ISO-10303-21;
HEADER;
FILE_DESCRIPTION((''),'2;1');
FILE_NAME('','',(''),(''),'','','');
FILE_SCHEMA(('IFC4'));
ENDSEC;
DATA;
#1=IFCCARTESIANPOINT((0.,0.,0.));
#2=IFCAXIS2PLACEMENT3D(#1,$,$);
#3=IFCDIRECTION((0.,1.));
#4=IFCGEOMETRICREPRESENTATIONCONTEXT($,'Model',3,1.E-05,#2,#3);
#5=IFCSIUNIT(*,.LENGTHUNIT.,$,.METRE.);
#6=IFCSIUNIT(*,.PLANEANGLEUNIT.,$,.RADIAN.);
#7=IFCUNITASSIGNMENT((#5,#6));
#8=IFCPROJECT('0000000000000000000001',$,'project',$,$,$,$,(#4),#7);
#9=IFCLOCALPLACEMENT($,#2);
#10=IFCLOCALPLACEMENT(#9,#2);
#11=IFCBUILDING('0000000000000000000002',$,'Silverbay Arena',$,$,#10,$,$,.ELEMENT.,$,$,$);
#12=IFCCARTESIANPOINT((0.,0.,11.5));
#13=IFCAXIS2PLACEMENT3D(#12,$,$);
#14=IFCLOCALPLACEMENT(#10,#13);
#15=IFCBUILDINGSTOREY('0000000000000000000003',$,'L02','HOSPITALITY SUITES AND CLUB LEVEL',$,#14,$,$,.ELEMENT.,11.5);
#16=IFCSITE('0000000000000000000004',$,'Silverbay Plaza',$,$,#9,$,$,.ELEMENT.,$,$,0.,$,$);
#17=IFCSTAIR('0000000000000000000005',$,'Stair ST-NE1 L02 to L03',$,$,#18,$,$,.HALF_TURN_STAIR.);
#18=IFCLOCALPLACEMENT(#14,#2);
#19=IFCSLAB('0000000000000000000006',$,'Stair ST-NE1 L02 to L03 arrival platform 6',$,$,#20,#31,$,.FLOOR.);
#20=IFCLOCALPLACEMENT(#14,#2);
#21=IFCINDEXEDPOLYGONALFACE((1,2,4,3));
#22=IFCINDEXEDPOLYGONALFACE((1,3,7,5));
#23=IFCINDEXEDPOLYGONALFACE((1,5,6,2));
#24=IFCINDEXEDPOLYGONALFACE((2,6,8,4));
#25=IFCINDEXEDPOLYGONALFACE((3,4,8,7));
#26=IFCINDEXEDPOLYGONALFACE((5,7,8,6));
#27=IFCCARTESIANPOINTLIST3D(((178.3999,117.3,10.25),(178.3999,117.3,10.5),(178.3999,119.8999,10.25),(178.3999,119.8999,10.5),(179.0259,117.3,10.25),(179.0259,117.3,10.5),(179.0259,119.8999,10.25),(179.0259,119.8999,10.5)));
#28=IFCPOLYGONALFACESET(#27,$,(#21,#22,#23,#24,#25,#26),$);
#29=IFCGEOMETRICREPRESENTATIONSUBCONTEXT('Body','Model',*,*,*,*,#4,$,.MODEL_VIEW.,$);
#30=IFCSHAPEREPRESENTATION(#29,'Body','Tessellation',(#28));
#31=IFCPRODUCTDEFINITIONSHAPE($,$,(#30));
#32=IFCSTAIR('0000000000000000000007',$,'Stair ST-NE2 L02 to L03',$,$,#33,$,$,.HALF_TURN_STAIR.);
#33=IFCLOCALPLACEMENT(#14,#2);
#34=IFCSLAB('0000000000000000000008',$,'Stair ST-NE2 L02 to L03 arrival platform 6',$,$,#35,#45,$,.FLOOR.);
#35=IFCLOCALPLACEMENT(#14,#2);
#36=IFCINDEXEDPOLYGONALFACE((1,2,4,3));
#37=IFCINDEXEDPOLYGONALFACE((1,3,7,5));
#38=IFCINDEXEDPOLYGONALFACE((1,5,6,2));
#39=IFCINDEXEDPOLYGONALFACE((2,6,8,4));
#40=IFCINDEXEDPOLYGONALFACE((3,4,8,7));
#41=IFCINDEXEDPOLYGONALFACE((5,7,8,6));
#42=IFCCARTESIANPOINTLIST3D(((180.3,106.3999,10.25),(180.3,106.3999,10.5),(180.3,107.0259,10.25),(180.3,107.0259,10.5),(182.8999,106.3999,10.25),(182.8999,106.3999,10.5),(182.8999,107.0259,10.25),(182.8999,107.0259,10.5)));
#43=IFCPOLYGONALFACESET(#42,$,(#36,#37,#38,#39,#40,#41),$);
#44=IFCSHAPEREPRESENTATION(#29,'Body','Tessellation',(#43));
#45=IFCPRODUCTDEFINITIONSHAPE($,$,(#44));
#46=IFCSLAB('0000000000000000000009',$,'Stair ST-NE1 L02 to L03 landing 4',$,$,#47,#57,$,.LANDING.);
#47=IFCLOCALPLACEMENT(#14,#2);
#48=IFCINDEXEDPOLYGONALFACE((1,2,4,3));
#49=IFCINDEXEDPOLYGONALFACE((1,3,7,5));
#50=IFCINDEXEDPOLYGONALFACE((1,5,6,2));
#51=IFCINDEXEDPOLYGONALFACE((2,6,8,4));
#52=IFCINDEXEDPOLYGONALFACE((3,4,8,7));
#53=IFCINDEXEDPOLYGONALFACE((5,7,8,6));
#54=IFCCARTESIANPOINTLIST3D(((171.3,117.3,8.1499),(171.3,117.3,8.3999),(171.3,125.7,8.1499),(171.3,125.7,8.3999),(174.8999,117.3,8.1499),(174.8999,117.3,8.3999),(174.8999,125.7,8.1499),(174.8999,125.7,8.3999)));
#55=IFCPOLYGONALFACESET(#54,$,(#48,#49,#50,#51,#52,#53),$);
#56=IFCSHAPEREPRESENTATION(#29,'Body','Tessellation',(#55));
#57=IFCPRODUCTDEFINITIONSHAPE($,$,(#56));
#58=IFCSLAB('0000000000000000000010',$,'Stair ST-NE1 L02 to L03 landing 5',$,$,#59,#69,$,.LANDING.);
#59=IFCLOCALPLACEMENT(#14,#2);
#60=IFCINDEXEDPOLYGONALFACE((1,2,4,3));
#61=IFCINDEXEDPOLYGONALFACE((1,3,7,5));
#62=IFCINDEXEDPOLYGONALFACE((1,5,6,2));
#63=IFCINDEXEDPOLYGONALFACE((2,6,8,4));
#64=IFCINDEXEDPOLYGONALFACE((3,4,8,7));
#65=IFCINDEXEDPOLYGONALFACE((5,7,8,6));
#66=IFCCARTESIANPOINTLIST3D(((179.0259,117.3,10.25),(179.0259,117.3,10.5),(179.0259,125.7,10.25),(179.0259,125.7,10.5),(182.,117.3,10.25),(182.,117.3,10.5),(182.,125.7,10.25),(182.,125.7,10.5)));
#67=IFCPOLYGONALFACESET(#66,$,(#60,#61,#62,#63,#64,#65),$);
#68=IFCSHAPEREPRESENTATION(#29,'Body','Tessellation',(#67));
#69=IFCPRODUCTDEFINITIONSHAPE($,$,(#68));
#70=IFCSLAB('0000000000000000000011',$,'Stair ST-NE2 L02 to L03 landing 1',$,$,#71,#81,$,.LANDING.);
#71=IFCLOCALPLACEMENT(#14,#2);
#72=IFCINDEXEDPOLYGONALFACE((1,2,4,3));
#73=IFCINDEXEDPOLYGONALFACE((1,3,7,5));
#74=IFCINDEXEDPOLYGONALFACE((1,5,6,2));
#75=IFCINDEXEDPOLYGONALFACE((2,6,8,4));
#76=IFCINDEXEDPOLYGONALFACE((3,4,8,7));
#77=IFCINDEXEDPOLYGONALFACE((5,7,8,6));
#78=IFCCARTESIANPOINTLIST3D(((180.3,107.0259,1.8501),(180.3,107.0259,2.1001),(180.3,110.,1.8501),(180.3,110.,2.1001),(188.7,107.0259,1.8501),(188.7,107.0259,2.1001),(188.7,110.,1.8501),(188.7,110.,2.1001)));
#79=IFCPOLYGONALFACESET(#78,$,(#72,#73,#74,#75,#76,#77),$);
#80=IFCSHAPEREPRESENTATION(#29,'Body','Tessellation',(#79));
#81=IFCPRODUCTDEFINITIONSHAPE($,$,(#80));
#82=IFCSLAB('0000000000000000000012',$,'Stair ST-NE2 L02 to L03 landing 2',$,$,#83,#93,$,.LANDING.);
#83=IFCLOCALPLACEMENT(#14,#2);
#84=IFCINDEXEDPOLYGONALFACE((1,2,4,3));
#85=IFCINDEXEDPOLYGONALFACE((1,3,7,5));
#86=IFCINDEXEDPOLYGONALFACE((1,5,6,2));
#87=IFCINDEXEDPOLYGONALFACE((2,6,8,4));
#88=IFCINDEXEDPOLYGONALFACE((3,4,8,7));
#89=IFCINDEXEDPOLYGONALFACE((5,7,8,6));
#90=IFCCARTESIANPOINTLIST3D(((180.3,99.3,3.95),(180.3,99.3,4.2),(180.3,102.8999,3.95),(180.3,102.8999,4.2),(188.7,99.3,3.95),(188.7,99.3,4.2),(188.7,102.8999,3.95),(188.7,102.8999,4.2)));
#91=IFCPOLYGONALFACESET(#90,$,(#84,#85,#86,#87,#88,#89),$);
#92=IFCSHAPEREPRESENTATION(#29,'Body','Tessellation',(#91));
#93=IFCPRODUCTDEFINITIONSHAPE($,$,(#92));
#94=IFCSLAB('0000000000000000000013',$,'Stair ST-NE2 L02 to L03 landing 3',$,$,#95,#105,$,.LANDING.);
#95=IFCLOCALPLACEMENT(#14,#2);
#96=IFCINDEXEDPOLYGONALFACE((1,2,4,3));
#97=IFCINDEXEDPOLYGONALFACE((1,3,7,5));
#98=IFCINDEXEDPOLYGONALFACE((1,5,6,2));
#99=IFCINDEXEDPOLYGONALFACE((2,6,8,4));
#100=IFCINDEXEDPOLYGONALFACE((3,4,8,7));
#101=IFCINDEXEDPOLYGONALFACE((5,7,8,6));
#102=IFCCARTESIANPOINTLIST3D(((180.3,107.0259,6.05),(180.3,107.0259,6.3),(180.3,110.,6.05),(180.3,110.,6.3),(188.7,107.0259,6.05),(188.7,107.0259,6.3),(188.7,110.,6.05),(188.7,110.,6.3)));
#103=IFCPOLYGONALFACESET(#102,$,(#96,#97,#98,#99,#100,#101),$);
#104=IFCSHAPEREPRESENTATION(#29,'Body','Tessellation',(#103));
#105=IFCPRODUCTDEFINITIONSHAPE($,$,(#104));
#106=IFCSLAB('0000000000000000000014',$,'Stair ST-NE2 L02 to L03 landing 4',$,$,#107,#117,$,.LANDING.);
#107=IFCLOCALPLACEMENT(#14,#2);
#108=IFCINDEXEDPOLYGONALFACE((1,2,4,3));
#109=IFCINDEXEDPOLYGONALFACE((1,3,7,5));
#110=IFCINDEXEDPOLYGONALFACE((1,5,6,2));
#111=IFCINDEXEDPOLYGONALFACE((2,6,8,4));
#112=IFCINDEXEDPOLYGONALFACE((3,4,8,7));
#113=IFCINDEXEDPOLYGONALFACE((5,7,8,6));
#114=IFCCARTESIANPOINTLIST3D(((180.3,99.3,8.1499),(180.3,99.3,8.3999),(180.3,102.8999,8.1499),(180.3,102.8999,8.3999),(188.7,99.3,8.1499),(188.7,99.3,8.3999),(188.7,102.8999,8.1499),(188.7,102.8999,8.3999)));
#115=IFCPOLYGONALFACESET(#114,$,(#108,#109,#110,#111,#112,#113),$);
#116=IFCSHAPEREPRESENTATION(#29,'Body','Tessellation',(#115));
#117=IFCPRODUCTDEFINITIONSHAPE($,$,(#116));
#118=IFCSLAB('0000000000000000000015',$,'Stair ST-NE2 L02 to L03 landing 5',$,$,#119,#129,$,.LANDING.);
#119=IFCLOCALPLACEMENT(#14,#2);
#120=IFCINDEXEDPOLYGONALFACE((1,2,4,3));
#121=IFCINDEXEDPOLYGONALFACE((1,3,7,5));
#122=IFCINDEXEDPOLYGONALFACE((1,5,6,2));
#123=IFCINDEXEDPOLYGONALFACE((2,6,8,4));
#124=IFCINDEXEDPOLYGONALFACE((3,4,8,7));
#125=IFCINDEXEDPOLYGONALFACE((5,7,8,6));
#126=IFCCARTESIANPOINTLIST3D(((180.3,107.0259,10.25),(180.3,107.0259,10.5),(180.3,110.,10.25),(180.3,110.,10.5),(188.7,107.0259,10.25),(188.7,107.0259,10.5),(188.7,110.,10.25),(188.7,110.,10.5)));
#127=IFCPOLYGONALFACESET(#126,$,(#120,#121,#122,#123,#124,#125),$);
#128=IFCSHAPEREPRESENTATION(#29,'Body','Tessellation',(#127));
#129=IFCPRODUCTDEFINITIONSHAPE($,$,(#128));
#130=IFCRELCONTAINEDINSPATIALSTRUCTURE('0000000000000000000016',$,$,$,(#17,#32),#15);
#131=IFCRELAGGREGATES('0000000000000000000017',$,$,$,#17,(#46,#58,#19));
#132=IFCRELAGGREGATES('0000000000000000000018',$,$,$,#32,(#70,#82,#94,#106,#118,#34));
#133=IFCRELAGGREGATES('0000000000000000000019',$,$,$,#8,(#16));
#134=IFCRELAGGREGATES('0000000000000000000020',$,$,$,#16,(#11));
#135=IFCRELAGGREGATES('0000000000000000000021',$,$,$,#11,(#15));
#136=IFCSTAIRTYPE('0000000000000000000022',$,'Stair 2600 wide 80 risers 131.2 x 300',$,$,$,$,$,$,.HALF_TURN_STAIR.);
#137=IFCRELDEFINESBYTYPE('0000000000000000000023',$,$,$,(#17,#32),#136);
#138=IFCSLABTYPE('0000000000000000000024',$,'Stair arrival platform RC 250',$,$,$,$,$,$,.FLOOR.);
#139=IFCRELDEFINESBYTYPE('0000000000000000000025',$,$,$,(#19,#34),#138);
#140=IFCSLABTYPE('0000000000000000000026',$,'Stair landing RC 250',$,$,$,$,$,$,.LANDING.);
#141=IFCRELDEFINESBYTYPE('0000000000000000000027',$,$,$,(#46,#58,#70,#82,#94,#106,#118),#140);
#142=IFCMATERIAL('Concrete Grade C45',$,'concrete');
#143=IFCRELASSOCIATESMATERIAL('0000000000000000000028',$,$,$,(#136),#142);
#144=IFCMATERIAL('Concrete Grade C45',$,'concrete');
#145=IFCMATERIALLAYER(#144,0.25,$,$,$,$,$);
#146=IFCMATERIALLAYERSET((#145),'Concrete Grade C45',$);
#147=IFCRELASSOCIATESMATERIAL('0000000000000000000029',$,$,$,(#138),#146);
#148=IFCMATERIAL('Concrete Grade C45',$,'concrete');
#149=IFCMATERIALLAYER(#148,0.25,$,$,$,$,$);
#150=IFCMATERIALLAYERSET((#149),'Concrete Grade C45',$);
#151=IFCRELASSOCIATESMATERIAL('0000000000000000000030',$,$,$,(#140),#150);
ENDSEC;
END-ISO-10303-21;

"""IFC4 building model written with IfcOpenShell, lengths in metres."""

from ifc_helpers import new_model, si_unit, direction, frame, origin, place, context, subcontext, project, spatial, polyline, outline, extrude, material, layer, layer_set, type_object, element, aggregate, save


model = new_model("IFC4")

# Units and contexts
model_context = context("Model", 3, precision=1e-05, world=origin(), true_north=direction((0.0, 1.0)))
body_context = subcontext(model_context, "Body", "Model", "MODEL_VIEW")
ifc_project = project(units=[si_unit("LENGTHUNIT", "METRE"), si_unit("PLANEANGLEUNIT", "RADIAN")], contexts=[model_context])

# Site, building, storey
site_placement = place(None, origin())
site = spatial("IfcSite", under=ifc_project, at=site_placement, Name="Silverbay Plaza", CompositionType="ELEMENT", RefElevation=0.0)
building_placement = place(site_placement, origin())
building = spatial("IfcBuilding", under=site, at=building_placement, Name="Silverbay Arena", CompositionType="ELEMENT")
storey_placement = place(building_placement, frame((0.0, 0.0, 11.5)))
storey = spatial("IfcBuildingStorey", under=building, at=storey_placement, Name="L02", Description="HOSPITALITY SUITES AND CLUB LEVEL", CompositionType="ELEMENT", Elevation=11.5)

# Stairs, slabs
ifc_material_1 = material(Name="Concrete Grade C45", Category="concrete")
stair_type = type_object("IfcStairType", Name="Stair 2600 wide 80 risers 131.2 x 300", PredefinedType="HALF_TURN_STAIR", material=ifc_material_1)
stair_1_placement = place(storey_placement, origin())
stair_1 = element("IfcStair", 1, at=stair_1_placement, inside=storey, type_object=stair_type, Name="Stair ST-NE1 L02 to L03", PredefinedType="HALF_TURN_STAIR")
ifc_material_2 = material(Name="Concrete Grade C45", Category="concrete")
ifc_layer_1 = layer(ifc_material_2, 0.25)
ifc_layer_set_1 = layer_set([ifc_layer_1], Name="Concrete Grade C45")
slab_type_1 = type_object("IfcSlabType", Name="Stair arrival platform RC 250", PredefinedType="FLOOR", material=ifc_layer_set_1)
slab_1_placement = place(storey_placement, frame((0.0, 0.0, 10.25)))
slab_1 = element("IfcSlab", 2, at=slab_1_placement, type_object=slab_type_1, Name="Stair ST-NE1 L02 to L03 arrival platform 6", PredefinedType="FLOOR", context=body_context, shape_type="SweptSolid", body=[
    extrude(outline(polyline([(178.3999, 117.3), (179.0259, 117.3), (179.0259, 119.8999), (178.3999, 119.8999), (178.3999, 117.3)])), origin(), (0.0, 0.0, 1.0), 0.25),
])
stair_2_placement = place(storey_placement, origin())
stair_2 = element("IfcStair", 3, at=stair_2_placement, inside=storey, type_object=stair_type, Name="Stair ST-NE2 L02 to L03", PredefinedType="HALF_TURN_STAIR")
slab_2_placement = place(storey_placement, frame((0.0, 0.0, 10.25)))
slab_2 = element("IfcSlab", 4, at=slab_2_placement, type_object=slab_type_1, Name="Stair ST-NE2 L02 to L03 arrival platform 6", PredefinedType="FLOOR", context=body_context, shape_type="SweptSolid", body=[
    extrude(outline(polyline([(180.3, 106.3999), (180.3, 107.0259), (182.8999, 107.0259), (182.8999, 106.3999), (180.3, 106.3999)])), origin(), (0.0, 0.0, 1.0), 0.25),
])

# Slabs
ifc_material_3 = material(Name="Concrete Grade C45", Category="concrete")
ifc_layer_2 = layer(ifc_material_3, 0.25)
ifc_layer_set_2 = layer_set([ifc_layer_2], Name="Concrete Grade C45")
slab_type_2 = type_object("IfcSlabType", Name="Stair landing RC 250", PredefinedType="LANDING", material=ifc_layer_set_2)
slab_3_placement = place(storey_placement, frame((0.0, 0.0, 8.1499)))
slab_3 = element("IfcSlab", 5, at=slab_3_placement, type_object=slab_type_2, Name="Stair ST-NE1 L02 to L03 landing 4", PredefinedType="LANDING", context=body_context, shape_type="SweptSolid", body=[
    extrude(outline(polyline([(171.3, 117.3), (174.8999, 117.3), (174.8999, 125.7), (171.3, 125.7), (171.3, 117.3)])), origin(), (0.0, 0.0, 1.0), 0.25),
])
slab_4_placement = place(storey_placement, frame((0.0, 0.0, 10.25)))
slab_4 = element("IfcSlab", 6, at=slab_4_placement, type_object=slab_type_2, Name="Stair ST-NE1 L02 to L03 landing 5", PredefinedType="LANDING", context=body_context, shape_type="SweptSolid", body=[
    extrude(outline(polyline([(179.0259, 117.3), (182.0, 117.3), (182.0, 125.7), (179.0259, 125.7), (179.0259, 117.3)])), origin(), (0.0, 0.0, 1.0), 0.25),
])
aggregate(stair_1, [slab_3, slab_4, slab_1])
slab_5_placement = place(storey_placement, frame((0.0, 0.0, 1.8501)))
slab_5 = element("IfcSlab", 7, at=slab_5_placement, type_object=slab_type_2, Name="Stair ST-NE2 L02 to L03 landing 1", PredefinedType="LANDING", context=body_context, shape_type="SweptSolid", body=[
    extrude(outline(polyline([(180.3, 107.0259), (180.3, 110.0), (188.7, 110.0), (188.7, 107.0259), (180.3, 107.0259)])), origin(), (0.0, 0.0, 1.0), 0.25),
])
slab_6_placement = place(storey_placement, frame((0.0, 0.0, 3.95)))
slab_6 = element("IfcSlab", 8, at=slab_6_placement, type_object=slab_type_2, Name="Stair ST-NE2 L02 to L03 landing 2", PredefinedType="LANDING", context=body_context, shape_type="SweptSolid", body=[
    extrude(outline(polyline([(180.3, 99.3), (180.3, 102.8999), (188.7, 102.8999), (188.7, 99.3), (180.3, 99.3)])), origin(), (0.0, 0.0, 1.0), 0.25),
])
slab_7_placement = place(storey_placement, frame((0.0, 0.0, 6.05)))
slab_7 = element("IfcSlab", 9, at=slab_7_placement, type_object=slab_type_2, Name="Stair ST-NE2 L02 to L03 landing 3", PredefinedType="LANDING", context=body_context, shape_type="SweptSolid", body=[
    extrude(outline(polyline([(180.3, 107.0259), (180.3, 110.0), (188.7, 110.0), (188.7, 107.0259), (180.3, 107.0259)])), origin(), (0.0, 0.0, 1.0), 0.25),
])
slab_8_placement = place(storey_placement, frame((0.0, 0.0, 8.1499)))
slab_8 = element("IfcSlab", 10, at=slab_8_placement, type_object=slab_type_2, Name="Stair ST-NE2 L02 to L03 landing 4", PredefinedType="LANDING", context=body_context, shape_type="SweptSolid", body=[
    extrude(outline(polyline([(180.3, 99.3), (180.3, 102.8999), (188.7, 102.8999), (188.7, 99.3), (180.3, 99.3)])), origin(), (0.0, 0.0, 1.0), 0.25),
])
slab_9_placement = place(storey_placement, frame((0.0, 0.0, 10.25)))
slab_9 = element("IfcSlab", 11, at=slab_9_placement, type_object=slab_type_2, Name="Stair ST-NE2 L02 to L03 landing 5", PredefinedType="LANDING", context=body_context, shape_type="SweptSolid", body=[
    extrude(outline(polyline([(180.3, 107.0259), (180.3, 110.0), (188.7, 110.0), (188.7, 107.0259), (180.3, 107.0259)])), origin(), (0.0, 0.0, 1.0), 0.25),
])
aggregate(stair_2, [slab_5, slab_6, slab_7, slab_8, slab_9, slab_2])

save(model, "model.ifc")
